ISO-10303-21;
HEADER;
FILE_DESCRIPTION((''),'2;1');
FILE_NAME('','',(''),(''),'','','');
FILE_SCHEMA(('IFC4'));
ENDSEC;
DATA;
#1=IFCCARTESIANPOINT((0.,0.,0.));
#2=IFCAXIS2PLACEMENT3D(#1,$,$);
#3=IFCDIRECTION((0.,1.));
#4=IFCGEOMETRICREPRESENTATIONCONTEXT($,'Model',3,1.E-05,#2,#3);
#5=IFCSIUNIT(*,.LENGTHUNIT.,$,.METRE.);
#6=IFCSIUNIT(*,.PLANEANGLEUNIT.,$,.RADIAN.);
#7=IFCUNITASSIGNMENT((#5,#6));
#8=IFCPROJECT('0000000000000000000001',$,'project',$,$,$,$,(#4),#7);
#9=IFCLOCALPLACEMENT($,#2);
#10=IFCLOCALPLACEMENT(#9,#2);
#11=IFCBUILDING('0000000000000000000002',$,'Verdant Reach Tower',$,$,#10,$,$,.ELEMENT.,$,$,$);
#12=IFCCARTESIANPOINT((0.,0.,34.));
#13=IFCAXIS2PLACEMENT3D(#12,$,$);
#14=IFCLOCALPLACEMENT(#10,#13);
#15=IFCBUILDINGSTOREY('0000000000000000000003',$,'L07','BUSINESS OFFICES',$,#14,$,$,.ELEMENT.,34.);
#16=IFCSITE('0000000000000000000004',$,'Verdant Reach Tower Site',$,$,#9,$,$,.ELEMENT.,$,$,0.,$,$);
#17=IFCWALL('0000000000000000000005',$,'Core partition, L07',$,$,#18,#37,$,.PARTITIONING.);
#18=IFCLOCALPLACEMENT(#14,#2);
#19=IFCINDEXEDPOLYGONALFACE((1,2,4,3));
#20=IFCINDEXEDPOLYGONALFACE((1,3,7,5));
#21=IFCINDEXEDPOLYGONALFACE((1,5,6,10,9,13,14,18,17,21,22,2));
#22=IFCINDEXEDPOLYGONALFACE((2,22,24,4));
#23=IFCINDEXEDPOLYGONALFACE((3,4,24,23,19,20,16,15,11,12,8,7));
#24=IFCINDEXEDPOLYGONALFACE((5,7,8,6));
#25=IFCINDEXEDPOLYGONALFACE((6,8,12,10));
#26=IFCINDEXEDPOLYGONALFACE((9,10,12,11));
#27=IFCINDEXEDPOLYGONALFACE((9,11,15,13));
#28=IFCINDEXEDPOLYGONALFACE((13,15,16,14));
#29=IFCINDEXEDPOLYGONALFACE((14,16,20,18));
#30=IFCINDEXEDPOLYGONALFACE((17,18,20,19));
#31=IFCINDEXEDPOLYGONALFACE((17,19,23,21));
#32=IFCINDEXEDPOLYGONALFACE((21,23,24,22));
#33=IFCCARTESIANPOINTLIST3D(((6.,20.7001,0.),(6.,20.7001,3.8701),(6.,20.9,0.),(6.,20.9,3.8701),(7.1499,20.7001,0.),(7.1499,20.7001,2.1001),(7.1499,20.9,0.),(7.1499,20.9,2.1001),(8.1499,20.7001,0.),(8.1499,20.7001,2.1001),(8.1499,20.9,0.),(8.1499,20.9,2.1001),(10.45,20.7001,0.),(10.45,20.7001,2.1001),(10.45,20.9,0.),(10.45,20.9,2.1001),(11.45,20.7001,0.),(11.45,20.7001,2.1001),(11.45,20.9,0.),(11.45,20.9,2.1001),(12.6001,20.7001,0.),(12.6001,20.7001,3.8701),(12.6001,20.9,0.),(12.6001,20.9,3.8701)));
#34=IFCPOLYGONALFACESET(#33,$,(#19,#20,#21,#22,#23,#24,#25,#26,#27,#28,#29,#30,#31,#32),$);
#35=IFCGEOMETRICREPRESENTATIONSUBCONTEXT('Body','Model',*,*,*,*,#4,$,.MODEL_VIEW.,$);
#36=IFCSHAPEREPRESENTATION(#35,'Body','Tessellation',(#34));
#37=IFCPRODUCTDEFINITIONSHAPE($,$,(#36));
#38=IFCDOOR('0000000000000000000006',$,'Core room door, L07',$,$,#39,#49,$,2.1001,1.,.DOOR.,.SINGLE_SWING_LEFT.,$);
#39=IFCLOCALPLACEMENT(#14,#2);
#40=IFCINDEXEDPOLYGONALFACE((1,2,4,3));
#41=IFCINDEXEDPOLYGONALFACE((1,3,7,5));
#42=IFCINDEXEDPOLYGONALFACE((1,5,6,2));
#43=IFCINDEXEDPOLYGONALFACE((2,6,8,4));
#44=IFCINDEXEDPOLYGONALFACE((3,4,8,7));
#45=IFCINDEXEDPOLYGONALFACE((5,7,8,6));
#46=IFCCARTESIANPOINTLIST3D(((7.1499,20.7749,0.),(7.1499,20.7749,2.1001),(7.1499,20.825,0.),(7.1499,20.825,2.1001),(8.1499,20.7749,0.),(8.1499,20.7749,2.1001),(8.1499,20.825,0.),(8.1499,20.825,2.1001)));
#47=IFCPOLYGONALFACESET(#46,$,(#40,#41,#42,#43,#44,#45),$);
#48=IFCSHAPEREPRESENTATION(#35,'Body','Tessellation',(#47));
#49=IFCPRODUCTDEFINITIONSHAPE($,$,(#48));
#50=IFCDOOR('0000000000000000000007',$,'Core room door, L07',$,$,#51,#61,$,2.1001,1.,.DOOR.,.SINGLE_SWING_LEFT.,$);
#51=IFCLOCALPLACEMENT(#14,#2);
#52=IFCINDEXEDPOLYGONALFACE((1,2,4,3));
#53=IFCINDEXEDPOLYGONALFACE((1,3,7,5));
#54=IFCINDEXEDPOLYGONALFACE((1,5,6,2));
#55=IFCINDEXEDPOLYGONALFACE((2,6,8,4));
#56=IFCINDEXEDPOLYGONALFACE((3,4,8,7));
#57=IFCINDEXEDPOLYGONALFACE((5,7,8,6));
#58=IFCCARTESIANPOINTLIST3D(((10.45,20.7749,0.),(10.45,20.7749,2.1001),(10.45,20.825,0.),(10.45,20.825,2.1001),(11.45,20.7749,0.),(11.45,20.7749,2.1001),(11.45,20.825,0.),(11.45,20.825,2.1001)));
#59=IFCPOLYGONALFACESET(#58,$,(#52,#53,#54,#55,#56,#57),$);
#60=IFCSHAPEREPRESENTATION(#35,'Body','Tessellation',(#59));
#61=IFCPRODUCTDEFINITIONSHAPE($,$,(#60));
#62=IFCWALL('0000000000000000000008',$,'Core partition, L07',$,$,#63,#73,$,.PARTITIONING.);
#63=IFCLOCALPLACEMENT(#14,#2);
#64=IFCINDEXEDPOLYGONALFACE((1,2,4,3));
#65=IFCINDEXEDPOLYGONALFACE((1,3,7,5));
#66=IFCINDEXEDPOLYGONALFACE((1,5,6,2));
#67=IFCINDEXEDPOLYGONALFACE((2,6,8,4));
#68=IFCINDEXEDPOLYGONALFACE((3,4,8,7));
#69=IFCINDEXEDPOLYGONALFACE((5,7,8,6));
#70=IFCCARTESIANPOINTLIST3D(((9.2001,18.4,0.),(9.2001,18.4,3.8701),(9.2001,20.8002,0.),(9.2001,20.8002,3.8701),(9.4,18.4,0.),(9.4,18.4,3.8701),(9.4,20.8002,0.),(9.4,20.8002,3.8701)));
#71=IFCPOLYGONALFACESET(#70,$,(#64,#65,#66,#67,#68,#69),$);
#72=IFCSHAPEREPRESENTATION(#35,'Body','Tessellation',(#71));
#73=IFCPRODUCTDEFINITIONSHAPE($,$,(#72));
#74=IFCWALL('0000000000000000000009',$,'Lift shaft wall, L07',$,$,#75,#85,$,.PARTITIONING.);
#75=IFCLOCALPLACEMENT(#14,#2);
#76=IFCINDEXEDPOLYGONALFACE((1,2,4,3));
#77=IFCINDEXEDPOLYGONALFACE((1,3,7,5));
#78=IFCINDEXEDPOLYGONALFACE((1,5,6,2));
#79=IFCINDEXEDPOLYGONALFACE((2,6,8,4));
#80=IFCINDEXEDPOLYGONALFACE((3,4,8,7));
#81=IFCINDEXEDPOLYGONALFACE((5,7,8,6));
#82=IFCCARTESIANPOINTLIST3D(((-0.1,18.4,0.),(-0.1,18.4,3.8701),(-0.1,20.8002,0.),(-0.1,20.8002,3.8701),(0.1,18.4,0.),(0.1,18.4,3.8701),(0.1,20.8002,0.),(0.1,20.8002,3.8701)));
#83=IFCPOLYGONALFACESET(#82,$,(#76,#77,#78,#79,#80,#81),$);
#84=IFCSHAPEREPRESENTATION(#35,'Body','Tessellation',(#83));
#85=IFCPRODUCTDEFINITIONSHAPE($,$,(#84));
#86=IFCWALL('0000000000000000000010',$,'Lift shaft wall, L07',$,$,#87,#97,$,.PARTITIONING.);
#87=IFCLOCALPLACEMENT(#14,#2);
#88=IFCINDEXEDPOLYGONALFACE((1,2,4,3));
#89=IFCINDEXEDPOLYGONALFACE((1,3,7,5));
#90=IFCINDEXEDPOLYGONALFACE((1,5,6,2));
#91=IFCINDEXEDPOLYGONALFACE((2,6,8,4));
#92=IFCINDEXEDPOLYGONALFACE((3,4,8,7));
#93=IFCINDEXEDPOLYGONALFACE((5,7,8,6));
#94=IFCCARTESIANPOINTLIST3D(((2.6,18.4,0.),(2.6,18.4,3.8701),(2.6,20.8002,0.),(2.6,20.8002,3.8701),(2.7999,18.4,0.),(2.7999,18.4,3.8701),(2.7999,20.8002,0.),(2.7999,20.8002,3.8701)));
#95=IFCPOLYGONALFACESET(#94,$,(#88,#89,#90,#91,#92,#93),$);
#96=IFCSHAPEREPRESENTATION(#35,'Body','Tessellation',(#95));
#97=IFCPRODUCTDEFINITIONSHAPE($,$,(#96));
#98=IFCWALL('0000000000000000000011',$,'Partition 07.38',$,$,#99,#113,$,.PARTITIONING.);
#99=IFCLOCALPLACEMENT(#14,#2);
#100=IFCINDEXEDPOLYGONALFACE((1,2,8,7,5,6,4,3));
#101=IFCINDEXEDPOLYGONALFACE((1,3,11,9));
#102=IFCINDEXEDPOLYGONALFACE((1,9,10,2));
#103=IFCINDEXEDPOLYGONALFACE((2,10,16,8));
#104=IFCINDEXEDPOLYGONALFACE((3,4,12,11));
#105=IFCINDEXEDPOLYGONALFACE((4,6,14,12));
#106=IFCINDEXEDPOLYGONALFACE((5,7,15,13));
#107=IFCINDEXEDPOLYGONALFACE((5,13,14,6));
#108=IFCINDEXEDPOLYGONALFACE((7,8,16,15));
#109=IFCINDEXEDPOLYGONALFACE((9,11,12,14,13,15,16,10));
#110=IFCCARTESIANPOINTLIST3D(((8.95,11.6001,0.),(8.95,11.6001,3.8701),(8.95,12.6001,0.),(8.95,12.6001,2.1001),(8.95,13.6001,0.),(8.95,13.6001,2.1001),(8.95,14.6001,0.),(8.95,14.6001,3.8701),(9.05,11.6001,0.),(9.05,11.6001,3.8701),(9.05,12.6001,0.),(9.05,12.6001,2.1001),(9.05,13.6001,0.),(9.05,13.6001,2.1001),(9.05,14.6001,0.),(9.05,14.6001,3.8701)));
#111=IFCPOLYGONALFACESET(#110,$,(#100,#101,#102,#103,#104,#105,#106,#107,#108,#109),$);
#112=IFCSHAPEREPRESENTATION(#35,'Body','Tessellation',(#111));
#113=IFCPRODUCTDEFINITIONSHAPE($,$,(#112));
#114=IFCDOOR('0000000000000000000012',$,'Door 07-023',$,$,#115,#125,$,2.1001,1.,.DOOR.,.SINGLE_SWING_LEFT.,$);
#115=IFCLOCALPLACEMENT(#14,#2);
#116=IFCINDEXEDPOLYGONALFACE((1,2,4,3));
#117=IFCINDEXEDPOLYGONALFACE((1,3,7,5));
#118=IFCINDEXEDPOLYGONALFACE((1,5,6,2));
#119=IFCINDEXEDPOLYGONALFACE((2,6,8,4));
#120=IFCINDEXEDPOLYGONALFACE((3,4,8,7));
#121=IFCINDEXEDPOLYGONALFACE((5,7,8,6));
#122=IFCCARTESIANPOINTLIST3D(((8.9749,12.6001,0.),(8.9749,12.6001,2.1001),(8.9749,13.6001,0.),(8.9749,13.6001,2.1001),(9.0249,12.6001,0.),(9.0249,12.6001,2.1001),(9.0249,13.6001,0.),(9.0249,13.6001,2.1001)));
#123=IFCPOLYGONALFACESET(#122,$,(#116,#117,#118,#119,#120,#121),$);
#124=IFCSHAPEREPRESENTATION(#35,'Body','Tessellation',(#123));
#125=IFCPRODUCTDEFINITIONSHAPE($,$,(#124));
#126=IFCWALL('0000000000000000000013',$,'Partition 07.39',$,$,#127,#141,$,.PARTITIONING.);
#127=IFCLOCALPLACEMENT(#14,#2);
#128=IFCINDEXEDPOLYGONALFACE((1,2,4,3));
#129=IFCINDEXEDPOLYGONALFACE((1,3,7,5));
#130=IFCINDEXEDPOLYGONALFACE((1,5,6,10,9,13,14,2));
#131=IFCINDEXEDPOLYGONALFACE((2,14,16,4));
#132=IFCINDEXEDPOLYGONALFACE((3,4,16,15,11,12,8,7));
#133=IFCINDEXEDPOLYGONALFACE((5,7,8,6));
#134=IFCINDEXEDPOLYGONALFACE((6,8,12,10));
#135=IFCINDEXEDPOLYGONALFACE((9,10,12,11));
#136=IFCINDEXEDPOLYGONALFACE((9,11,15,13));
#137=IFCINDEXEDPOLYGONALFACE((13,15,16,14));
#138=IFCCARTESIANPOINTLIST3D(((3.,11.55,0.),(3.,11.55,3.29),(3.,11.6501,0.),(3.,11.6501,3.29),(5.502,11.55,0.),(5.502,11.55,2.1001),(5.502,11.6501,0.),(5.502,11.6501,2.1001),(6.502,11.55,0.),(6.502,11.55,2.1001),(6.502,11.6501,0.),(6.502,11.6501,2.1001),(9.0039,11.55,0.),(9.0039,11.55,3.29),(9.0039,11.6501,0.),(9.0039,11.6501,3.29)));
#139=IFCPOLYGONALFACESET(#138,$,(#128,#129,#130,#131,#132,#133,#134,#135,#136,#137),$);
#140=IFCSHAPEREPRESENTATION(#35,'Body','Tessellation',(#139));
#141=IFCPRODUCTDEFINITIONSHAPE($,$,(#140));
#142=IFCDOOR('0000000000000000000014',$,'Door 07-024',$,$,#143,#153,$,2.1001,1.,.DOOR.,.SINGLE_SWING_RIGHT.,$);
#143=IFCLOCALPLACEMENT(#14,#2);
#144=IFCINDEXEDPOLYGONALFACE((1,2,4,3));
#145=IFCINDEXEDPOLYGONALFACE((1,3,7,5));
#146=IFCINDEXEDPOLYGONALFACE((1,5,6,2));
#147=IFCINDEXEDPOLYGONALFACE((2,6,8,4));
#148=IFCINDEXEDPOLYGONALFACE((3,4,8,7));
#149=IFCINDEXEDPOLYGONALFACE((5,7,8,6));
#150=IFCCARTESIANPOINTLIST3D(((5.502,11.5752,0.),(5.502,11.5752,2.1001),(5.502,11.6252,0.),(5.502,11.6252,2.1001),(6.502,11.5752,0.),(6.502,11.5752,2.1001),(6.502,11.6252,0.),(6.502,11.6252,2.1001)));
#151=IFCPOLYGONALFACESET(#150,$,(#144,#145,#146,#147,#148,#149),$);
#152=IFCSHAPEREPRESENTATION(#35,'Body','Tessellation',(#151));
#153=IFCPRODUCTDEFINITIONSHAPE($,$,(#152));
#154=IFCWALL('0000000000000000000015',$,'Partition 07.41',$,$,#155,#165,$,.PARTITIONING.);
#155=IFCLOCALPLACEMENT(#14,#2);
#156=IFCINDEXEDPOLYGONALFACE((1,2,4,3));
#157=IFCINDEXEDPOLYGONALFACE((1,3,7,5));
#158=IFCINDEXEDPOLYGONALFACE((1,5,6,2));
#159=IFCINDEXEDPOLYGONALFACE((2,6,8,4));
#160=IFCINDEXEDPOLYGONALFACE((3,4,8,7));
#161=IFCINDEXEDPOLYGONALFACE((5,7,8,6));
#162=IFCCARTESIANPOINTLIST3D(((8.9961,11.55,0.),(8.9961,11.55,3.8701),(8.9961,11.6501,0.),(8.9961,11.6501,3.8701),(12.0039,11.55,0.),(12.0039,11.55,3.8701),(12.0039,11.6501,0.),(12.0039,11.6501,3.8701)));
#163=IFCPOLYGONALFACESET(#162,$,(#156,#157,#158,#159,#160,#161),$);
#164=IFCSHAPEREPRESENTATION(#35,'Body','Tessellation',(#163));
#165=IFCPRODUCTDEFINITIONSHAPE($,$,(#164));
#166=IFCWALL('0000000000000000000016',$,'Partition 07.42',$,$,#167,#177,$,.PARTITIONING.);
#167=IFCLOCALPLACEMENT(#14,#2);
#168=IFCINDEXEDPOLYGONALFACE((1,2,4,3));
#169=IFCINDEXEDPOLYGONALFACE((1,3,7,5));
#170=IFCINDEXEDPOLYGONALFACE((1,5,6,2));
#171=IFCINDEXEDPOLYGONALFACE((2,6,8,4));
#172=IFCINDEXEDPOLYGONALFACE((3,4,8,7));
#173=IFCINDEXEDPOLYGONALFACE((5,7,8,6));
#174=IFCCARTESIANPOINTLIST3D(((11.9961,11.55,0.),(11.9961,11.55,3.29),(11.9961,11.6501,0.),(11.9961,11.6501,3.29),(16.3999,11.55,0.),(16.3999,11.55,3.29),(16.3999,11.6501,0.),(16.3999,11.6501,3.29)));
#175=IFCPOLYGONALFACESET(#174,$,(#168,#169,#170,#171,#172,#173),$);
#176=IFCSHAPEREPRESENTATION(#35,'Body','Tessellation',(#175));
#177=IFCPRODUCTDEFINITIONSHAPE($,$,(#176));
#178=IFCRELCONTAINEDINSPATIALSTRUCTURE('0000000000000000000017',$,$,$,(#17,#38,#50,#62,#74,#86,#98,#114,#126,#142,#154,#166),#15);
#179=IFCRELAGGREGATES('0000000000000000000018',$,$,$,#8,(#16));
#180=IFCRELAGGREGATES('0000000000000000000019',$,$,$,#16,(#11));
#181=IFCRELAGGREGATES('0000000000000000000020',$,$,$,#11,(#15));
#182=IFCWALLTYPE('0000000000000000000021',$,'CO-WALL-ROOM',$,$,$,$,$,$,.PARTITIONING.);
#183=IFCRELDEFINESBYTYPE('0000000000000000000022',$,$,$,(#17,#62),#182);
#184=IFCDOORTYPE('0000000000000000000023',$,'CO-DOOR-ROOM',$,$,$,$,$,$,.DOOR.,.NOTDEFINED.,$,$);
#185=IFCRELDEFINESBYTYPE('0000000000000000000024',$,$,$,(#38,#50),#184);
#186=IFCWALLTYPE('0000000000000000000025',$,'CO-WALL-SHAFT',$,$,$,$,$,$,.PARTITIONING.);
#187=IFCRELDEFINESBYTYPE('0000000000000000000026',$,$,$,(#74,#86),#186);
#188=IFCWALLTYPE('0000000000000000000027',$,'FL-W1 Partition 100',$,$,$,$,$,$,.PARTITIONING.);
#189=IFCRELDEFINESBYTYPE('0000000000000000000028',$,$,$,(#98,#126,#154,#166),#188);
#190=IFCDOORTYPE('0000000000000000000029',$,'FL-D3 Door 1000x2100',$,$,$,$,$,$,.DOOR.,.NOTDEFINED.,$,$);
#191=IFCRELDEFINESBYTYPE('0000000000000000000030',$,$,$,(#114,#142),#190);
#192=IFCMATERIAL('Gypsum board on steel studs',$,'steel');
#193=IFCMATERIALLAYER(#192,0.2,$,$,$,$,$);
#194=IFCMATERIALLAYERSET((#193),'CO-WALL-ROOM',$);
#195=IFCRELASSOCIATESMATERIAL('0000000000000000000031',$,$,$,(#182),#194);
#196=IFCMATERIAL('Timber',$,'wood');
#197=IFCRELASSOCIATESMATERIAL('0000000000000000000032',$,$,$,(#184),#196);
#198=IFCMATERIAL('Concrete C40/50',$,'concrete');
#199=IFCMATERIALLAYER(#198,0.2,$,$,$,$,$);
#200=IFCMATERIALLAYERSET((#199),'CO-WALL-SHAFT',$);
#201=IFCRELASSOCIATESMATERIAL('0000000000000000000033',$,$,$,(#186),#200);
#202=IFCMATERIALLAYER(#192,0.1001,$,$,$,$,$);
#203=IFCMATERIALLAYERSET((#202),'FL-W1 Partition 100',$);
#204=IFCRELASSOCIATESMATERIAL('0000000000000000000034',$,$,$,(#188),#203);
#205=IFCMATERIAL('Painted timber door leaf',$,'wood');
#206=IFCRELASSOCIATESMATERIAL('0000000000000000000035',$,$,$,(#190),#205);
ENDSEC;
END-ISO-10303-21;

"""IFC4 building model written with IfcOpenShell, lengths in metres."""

from ifc_helpers import new_model, si_unit, direction, frame, frame_2d, origin, place, context, subcontext, project, spatial, rectangle, extrude, material, layer, layer_set, type_object, element, fill, save


model = new_model("IFC4")

# Units and contexts
model_context = context("Model", 3, precision=1e-05, world=origin(), true_north=direction((0.0, 1.0)))
body_context = subcontext(model_context, "Body", "Model", "MODEL_VIEW")
ifc_project = project(units=[si_unit("LENGTHUNIT", "METRE"), si_unit("PLANEANGLEUNIT", "RADIAN")], contexts=[model_context])

# Site, building, storey
site_placement = place(None, origin())
site = spatial("IfcSite", under=ifc_project, at=site_placement, Name="Verdant Reach Tower Site", CompositionType="ELEMENT", RefElevation=0.0)
building_placement = place(site_placement, origin())
building = spatial("IfcBuilding", under=site, at=building_placement, Name="Verdant Reach Tower", CompositionType="ELEMENT")
storey_placement = place(building_placement, frame((0.0, 0.0, 34.0)))
storey = spatial("IfcBuildingStorey", under=building, at=storey_placement, Name="L07", Description="BUSINESS OFFICES", CompositionType="ELEMENT", Elevation=34.0)

# Wall, openings, doors
ifc_material_1 = material(Name="Gypsum board on steel studs", Category="steel")
ifc_layer_1 = layer(ifc_material_1, 0.2)
ifc_layer_set_1 = layer_set([ifc_layer_1], Name="CO-WALL-ROOM")
wall_type_1 = type_object("IfcWallType", Name="CO-WALL-ROOM", PredefinedType="PARTITIONING", material=ifc_layer_set_1)
wall_1_placement = place(storey_placement, frame((6.0, 20.8, 0.0), z_axis=(0.0, 0.0, 1.0), x_axis=(1.0, 0.0, 0.0)))
wall_1 = element("IfcWall", 1, at=wall_1_placement, inside=storey, type_object=wall_type_1, Name="Core partition, L07", PredefinedType="PARTITIONING", context=body_context, shape_type="SweptSolid", body=[
    extrude(rectangle(XDim=6.6001, YDim=0.2, at=frame_2d((3.3, 0.0))), origin(), (0.0, 0.0, 1.0), 3.8701),
])
opening_1_placement = place(wall_1_placement, frame((1.1499, 0.0, 0.0)))
opening_1 = element("IfcOpeningElement", 2, at=opening_1_placement, cuts=wall_1, PredefinedType="OPENING", context=body_context, shape_type="SweptSolid", body=[
    extrude(rectangle(XDim=1.0, YDim=2.1001, at=frame_2d((0.5, 1.05))), frame((0.0, 0.1099, 0.0), z_axis=(0.0, -1.0, 0.0), x_axis=(1.0, 0.0, 0.0)), (0.0, 0.0, 1.0), 0.22),
])
opening_2_placement = place(wall_1_placement, frame((4.45, 0.0, 0.0)))
opening_2 = element("IfcOpeningElement", 3, at=opening_2_placement, cuts=wall_1, PredefinedType="OPENING", context=body_context, shape_type="SweptSolid", body=[
    extrude(rectangle(XDim=1.0, YDim=2.1001, at=frame_2d((0.5, 1.05))), frame((0.0, 0.1099, 0.0), z_axis=(0.0, -1.0, 0.0), x_axis=(1.0, 0.0, 0.0)), (0.0, 0.0, 1.0), 0.22),
])
ifc_material_2 = material(Name="Timber", Category="wood")
door_type_1 = type_object("IfcDoorType", Name="CO-DOOR-ROOM", OperationType="NOTDEFINED", PredefinedType="DOOR", material=ifc_material_2)
door_1_placement = place(opening_1_placement, origin())
door_1 = element("IfcDoor", 4, at=door_1_placement, inside=storey, type_object=door_type_1, Name="Core room door, L07", OperationType="SINGLE_SWING_LEFT", OverallHeight=2.1001, OverallWidth=1.0, PredefinedType="DOOR", context=body_context, shape_type="SweptSolid", body=[
    extrude(rectangle(XDim=1.0, YDim=2.1001, at=frame_2d((0.5, 1.05))), frame((0.0, 0.0249, 0.0), z_axis=(0.0, -1.0, 0.0), x_axis=(1.0, 0.0, 0.0)), (0.0, 0.0, 1.0), 0.05),
])
fill(opening_1, door_1)
door_2_placement = place(opening_2_placement, origin())
door_2 = element("IfcDoor", 5, at=door_2_placement, inside=storey, type_object=door_type_1, Name="Core room door, L07", OperationType="SINGLE_SWING_LEFT", OverallHeight=2.1001, OverallWidth=1.0, PredefinedType="DOOR", context=body_context, shape_type="SweptSolid", body=[
    extrude(rectangle(XDim=1.0, YDim=2.1001, at=frame_2d((0.5, 1.05))), frame((0.0, 0.0249, 0.0), z_axis=(0.0, -1.0, 0.0), x_axis=(1.0, 0.0, 0.0)), (0.0, 0.0, 1.0), 0.05),
])
fill(opening_2, door_2)

# Walls
wall_2_placement = place(storey_placement, frame((9.3, 18.3999, 0.0), z_axis=(0.0, 0.0, 1.0), x_axis=(0.0, 1.0, 0.0)))
element("IfcWall", 6, at=wall_2_placement, inside=storey, type_object=wall_type_1, Name="Core partition, L07", PredefinedType="PARTITIONING", context=body_context, shape_type="SweptSolid", body=[
    extrude(rectangle(XDim=2.4001, YDim=0.2, at=frame_2d((1.2002, 0.0))), origin(), (0.0, 0.0, 1.0), 3.8701),
])
ifc_material_3 = material(Name="Concrete C40/50", Category="concrete")
ifc_layer_2 = layer(ifc_material_3, 0.2)
ifc_layer_set_2 = layer_set([ifc_layer_2], Name="CO-WALL-SHAFT")
wall_type_2 = type_object("IfcWallType", Name="CO-WALL-SHAFT", PredefinedType="PARTITIONING", material=ifc_layer_set_2)
for number, where, z_axis, x_axis, name in (
    (7, (0.0, 18.3999, 0.0), (0.0, 0.0, 1.0), (0.0, 1.0, 0.0), "Lift shaft wall, L07"),
    (8, (2.7, 18.3999, 0.0), (0.0, 0.0, 1.0), (0.0, 1.0, 0.0), "Lift shaft wall, L07"),
):
    element("IfcWall", number, at=place(storey_placement, frame(where, z_axis=z_axis, x_axis=x_axis)), inside=storey, type_object=wall_type_2, Name=name, PredefinedType="PARTITIONING", context=body_context, shape_type="SweptSolid", body=[
        extrude(rectangle(XDim=2.4001, YDim=0.2, at=frame_2d((1.2002, 0.0))), origin(), (0.0, 0.0, 1.0), 3.8701),
    ])

# Walls, openings, doors
ifc_layer_3 = layer(ifc_material_1, 0.1001)
ifc_layer_set_3 = layer_set([ifc_layer_3], Name="FL-W1 Partition 100")
wall_type_3 = type_object("IfcWallType", Name="FL-W1 Partition 100", PredefinedType="PARTITIONING", material=ifc_layer_set_3)
wall_3_placement = place(storey_placement, frame((9.0, 14.6001, 0.0), z_axis=(0.0, 0.0, 1.0), x_axis=(0.0, -1.0, 0.0)))
wall_3 = element("IfcWall", 9, at=wall_3_placement, inside=storey, type_object=wall_type_3, Name="Partition 07.38", PredefinedType="PARTITIONING", context=body_context, shape_type="SweptSolid", body=[
    extrude(rectangle(XDim=3.0, YDim=0.1001, at=frame_2d((1.5, 0.0))), origin(), (0.0, 0.0, 1.0), 3.8701),
])
opening_3_placement = place(wall_3_placement, frame((1.0, 0.0, 0.0)))
opening_3 = element("IfcOpeningElement", 10, at=opening_3_placement, cuts=wall_3, PredefinedType="OPENING", context=body_context, shape_type="SweptSolid", body=[
    extrude(rectangle(XDim=1.0, YDim=2.1001, at=frame_2d((0.5, 1.05))), frame((0.0, 0.0601, 0.0), z_axis=(0.0, -1.0, 0.0), x_axis=(1.0, 0.0, 0.0)), (0.0, 0.0, 1.0), 0.1201),
])
ifc_material_4 = material(Name="Painted timber door leaf", Category="wood")
door_type_2 = type_object("IfcDoorType", Name="FL-D3 Door 1000x2100", OperationType="NOTDEFINED", PredefinedType="DOOR", material=ifc_material_4)
door_3_placement = place(opening_3_placement, origin())
door_3 = element("IfcDoor", 11, at=door_3_placement, inside=storey, type_object=door_type_2, Name="Door 07-023", OperationType="SINGLE_SWING_LEFT", OverallHeight=2.1001, OverallWidth=1.0, PredefinedType="DOOR", context=body_context, shape_type="SweptSolid", body=[
    extrude(rectangle(XDim=1.0, YDim=2.1001, at=frame_2d((0.5, 1.05))), frame((0.0, 0.0249, 0.0), z_axis=(0.0, -1.0, 0.0), x_axis=(1.0, 0.0, 0.0)), (0.0, 0.0, 1.0), 0.05),
])
fill(opening_3, door_3)
wall_4_placement = place(storey_placement, frame((9.0039, 11.6001, 0.0), z_axis=(0.0, 0.0, 1.0), x_axis=(-1.0, 0.0, 0.0)))
wall_4 = element("IfcWall", 12, at=wall_4_placement, inside=storey, type_object=wall_type_3, Name="Partition 07.39", PredefinedType="PARTITIONING", context=body_context, shape_type="SweptSolid", body=[
    extrude(rectangle(XDim=6.0039, YDim=0.1001, at=frame_2d((3.002, 0.0))), origin(), (0.0, 0.0, 1.0), 3.29),
])
opening_4_placement = place(wall_4_placement, frame((2.502, 0.0, 0.0)))
opening_4 = element("IfcOpeningElement", 13, at=opening_4_placement, cuts=wall_4, PredefinedType="OPENING", context=body_context, shape_type="SweptSolid", body=[
    extrude(rectangle(XDim=1.0, YDim=2.1001, at=frame_2d((0.5, 1.05))), frame((0.0, 0.0601, 0.0), z_axis=(0.0, -1.0, 0.0), x_axis=(1.0, 0.0, 0.0)), (0.0, 0.0, 1.0), 0.1201),
])
door_4_placement = place(opening_4_placement, origin())
door_4 = element("IfcDoor", 14, at=door_4_placement, inside=storey, type_object=door_type_2, Name="Door 07-024", OperationType="SINGLE_SWING_RIGHT", OverallHeight=2.1001, OverallWidth=1.0, PredefinedType="DOOR", context=body_context, shape_type="SweptSolid", body=[
    extrude(rectangle(XDim=1.0, YDim=2.1001, at=frame_2d((0.5, 1.05))), frame((0.0, 0.0249, 0.0), z_axis=(0.0, -1.0, 0.0), x_axis=(1.0, 0.0, 0.0)), (0.0, 0.0, 1.0), 0.05),
])
fill(opening_4, door_4)

# Walls
wall_5_placement = place(storey_placement, frame((8.9961, 11.6001, 0.0), z_axis=(0.0, 0.0, 1.0), x_axis=(1.0, 0.0, 0.0)))
element("IfcWall", 15, at=wall_5_placement, inside=storey, type_object=wall_type_3, Name="Partition 07.41", PredefinedType="PARTITIONING", context=body_context, shape_type="SweptSolid", body=[
    extrude(rectangle(XDim=3.0078, YDim=0.1001, at=frame_2d((1.5039, 0.0))), origin(), (0.0, 0.0, 1.0), 3.8701),
])
wall_6_placement = place(storey_placement, frame((11.9961, 11.6001, 0.0), z_axis=(0.0, 0.0, 1.0), x_axis=(1.0, 0.0, 0.0)))
element("IfcWall", 16, at=wall_6_placement, inside=storey, type_object=wall_type_3, Name="Partition 07.42", PredefinedType="PARTITIONING", context=body_context, shape_type="SweptSolid", body=[
    extrude(rectangle(XDim=4.4038, YDim=0.1001, at=frame_2d((2.2019, 0.0))), origin(), (0.0, 0.0, 1.0), 3.29),
])

save(model, "model.ifc")
